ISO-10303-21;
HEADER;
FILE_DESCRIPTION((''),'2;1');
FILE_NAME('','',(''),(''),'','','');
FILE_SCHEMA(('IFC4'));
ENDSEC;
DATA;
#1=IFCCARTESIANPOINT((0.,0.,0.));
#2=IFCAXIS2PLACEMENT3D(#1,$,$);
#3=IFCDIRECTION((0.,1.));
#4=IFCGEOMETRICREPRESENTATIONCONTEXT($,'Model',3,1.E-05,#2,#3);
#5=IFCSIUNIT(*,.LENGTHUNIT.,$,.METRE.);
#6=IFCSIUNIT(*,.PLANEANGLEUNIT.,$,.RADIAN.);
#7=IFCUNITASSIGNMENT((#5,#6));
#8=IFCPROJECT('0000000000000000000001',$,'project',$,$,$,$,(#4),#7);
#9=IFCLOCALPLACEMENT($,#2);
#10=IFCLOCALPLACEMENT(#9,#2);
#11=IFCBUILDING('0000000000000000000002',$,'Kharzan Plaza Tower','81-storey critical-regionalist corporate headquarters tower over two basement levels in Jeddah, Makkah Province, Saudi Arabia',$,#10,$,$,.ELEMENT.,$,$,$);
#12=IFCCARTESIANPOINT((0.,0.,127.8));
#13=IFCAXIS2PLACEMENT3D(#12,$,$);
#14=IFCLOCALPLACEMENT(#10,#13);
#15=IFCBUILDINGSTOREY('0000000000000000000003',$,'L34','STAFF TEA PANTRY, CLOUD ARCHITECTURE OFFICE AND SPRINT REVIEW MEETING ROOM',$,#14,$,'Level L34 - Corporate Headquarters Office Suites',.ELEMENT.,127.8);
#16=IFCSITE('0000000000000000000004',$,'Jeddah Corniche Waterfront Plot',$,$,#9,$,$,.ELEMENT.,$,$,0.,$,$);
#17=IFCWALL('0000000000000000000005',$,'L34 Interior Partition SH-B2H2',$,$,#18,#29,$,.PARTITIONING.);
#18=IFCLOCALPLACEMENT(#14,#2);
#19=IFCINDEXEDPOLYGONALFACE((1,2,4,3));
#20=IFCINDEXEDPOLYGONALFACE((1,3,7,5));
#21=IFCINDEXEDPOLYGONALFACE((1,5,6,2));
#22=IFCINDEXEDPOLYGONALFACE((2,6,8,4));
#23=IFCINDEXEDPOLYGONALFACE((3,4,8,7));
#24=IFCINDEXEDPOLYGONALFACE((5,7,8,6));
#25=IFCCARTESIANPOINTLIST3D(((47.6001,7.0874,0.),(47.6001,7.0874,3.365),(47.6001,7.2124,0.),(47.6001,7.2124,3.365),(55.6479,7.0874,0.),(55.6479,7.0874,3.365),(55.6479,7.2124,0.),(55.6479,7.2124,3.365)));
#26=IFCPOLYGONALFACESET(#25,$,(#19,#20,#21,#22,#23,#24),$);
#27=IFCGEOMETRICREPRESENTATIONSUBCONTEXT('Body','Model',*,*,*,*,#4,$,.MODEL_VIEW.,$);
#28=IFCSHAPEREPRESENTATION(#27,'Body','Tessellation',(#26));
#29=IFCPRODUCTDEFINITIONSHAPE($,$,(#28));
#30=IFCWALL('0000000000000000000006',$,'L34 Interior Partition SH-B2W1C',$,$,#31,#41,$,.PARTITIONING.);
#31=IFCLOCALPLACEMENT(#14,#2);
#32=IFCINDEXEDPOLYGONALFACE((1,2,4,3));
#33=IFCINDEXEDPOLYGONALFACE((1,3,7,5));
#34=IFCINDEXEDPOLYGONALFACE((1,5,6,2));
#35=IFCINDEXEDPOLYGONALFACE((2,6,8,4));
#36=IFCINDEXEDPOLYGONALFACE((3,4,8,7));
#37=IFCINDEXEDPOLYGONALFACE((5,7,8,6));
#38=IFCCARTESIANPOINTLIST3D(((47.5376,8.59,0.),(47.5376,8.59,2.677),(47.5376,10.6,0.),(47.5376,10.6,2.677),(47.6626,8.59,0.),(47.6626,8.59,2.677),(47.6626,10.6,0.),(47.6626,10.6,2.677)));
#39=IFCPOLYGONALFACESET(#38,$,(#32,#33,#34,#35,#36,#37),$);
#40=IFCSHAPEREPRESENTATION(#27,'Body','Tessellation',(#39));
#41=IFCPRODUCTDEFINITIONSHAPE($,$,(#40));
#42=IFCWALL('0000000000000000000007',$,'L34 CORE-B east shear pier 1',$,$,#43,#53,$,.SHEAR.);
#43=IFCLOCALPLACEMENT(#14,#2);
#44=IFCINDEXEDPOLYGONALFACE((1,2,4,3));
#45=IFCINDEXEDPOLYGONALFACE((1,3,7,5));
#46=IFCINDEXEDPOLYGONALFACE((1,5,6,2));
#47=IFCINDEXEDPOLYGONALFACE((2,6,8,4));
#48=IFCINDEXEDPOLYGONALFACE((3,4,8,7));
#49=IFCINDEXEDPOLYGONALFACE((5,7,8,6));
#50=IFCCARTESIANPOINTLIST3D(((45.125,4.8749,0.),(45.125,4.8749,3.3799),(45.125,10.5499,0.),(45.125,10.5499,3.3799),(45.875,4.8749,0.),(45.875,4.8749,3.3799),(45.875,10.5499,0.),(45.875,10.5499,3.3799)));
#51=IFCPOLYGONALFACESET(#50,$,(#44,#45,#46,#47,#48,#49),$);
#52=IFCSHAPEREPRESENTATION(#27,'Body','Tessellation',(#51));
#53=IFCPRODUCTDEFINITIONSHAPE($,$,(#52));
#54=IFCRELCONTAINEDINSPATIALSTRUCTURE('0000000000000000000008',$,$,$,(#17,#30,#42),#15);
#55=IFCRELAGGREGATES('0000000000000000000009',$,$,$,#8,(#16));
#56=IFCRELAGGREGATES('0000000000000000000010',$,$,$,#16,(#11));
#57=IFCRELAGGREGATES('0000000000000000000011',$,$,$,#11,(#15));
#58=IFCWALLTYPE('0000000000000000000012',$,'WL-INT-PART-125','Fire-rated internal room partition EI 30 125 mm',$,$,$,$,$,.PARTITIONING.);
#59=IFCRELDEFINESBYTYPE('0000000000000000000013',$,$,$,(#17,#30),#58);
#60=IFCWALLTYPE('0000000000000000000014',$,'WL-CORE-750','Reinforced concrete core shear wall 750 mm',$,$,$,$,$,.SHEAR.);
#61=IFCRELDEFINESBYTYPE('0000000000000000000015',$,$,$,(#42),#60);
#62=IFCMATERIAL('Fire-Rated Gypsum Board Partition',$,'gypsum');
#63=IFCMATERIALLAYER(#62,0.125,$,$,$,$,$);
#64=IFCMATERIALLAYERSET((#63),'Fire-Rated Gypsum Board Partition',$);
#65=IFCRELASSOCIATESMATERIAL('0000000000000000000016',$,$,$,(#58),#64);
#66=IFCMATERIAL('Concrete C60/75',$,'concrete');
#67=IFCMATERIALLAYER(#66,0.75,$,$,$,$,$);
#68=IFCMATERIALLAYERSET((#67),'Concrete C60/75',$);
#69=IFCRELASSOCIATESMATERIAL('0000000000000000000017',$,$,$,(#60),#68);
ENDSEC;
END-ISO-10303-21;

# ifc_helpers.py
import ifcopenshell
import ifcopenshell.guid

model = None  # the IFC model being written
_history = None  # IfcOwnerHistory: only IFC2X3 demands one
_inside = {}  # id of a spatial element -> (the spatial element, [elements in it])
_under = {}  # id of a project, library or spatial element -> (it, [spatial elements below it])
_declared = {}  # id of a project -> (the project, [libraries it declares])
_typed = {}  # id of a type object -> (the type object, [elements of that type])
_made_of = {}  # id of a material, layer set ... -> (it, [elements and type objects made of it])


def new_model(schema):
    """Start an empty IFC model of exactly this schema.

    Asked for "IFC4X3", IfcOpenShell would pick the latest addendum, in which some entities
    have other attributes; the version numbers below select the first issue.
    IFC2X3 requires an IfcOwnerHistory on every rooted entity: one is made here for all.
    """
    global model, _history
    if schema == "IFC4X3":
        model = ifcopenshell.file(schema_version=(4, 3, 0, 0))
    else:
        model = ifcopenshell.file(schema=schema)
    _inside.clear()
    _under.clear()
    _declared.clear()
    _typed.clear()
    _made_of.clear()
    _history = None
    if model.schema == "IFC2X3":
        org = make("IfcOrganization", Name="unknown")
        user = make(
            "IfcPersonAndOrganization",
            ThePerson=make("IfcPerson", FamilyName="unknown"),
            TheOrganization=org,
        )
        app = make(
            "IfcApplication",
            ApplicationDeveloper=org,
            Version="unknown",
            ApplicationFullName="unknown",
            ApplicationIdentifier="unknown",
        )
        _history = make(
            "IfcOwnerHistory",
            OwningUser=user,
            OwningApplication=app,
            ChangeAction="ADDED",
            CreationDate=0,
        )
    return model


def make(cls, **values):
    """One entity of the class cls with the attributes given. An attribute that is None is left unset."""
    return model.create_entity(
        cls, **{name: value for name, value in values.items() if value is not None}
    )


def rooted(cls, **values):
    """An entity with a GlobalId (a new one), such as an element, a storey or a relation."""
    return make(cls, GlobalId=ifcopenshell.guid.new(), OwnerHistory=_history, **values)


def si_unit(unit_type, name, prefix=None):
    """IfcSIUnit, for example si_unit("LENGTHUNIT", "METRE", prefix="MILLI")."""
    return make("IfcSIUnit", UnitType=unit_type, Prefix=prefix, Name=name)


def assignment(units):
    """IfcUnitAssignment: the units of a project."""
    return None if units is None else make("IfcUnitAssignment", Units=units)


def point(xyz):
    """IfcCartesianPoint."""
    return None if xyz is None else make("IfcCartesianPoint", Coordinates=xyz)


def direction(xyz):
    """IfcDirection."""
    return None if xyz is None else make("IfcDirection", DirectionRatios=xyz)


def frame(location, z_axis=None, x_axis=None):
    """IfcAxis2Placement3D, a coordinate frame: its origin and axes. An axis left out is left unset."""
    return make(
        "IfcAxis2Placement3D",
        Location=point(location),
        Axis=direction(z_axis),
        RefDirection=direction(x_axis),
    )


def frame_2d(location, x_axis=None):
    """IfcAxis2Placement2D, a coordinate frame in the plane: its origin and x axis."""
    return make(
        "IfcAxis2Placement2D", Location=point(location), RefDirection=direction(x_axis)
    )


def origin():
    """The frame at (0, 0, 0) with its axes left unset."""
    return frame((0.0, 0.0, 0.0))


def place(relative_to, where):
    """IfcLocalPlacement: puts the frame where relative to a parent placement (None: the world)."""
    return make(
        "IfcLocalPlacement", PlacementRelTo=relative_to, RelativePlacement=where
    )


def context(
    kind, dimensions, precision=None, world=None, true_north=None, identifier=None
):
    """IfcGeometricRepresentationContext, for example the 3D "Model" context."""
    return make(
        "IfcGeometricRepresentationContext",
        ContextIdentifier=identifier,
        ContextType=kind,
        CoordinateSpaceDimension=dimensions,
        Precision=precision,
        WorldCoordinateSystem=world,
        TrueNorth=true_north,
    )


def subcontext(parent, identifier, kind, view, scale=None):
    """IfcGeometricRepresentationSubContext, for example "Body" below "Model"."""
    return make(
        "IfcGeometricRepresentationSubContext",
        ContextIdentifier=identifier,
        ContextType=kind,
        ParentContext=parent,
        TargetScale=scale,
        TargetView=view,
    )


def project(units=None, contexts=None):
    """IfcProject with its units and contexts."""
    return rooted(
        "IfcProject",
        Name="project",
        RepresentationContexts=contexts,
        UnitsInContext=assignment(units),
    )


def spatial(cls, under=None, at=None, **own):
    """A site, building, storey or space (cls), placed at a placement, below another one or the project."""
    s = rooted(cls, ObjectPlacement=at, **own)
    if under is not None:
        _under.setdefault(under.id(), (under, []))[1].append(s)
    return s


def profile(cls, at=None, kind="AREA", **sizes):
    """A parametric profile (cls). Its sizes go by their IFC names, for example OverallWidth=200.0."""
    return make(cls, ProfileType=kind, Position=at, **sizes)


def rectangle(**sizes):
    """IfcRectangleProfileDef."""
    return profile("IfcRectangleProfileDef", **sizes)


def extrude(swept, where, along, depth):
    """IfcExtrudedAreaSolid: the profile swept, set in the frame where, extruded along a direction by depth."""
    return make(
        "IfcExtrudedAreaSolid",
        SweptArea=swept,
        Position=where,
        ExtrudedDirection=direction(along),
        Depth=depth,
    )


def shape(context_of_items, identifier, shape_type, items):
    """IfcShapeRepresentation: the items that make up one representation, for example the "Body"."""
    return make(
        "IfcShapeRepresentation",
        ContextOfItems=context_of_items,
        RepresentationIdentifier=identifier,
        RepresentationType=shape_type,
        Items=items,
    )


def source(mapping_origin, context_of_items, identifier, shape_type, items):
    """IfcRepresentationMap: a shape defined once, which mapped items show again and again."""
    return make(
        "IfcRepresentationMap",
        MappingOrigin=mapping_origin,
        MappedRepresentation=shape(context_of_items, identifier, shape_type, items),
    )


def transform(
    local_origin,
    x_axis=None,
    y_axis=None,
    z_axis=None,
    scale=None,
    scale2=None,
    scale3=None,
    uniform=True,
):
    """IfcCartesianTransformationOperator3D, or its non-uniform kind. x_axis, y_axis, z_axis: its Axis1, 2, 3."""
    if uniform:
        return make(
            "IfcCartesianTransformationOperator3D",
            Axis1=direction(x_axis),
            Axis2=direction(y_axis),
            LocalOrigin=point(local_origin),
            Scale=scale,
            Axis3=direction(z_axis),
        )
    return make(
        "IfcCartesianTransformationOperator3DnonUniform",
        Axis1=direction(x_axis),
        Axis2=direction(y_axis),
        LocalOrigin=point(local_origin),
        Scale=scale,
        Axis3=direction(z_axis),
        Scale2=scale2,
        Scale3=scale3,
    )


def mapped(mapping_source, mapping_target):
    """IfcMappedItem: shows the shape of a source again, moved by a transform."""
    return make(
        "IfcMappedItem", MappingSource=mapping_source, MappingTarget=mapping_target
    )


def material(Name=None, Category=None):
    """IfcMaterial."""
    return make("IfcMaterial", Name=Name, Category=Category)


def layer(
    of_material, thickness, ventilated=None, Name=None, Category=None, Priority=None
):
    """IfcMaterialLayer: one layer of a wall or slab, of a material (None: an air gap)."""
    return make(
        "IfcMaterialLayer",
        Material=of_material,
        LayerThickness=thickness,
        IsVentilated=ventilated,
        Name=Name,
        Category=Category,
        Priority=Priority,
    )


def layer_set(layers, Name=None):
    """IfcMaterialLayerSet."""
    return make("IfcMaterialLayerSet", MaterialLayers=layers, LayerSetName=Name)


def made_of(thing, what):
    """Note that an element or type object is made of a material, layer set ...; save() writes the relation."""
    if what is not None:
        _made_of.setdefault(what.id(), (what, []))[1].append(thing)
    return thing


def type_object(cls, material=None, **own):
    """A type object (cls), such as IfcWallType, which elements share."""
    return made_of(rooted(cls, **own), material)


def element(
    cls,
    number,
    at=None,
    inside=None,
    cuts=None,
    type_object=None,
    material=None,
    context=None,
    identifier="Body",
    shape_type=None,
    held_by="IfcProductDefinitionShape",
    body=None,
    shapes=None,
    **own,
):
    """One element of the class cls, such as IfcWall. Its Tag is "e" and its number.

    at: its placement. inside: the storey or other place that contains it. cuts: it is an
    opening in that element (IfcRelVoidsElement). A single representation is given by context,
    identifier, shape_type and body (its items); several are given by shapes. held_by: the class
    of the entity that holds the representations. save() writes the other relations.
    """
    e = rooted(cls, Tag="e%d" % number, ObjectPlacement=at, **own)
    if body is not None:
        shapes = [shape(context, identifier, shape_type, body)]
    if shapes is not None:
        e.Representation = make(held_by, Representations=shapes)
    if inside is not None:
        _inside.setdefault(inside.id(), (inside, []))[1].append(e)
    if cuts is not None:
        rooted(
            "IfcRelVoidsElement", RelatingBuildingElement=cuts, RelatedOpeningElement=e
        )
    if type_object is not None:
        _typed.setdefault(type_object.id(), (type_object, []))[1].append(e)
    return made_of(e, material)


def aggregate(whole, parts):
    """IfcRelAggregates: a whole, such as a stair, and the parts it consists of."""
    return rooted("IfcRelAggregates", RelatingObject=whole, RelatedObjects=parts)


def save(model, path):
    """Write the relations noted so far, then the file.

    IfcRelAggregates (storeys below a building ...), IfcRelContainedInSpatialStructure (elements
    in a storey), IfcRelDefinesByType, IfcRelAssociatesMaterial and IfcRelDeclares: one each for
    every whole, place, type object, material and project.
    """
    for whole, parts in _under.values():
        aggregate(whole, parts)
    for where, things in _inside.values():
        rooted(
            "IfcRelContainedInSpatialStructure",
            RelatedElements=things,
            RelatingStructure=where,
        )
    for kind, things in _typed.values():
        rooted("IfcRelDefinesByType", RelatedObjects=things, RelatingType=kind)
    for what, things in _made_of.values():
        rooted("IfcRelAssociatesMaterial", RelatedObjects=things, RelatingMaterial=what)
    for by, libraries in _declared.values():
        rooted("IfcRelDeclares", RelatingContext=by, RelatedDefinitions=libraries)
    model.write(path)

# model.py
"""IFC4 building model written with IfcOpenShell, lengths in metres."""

from ifc_helpers import new_model, si_unit, direction, frame, frame_2d, origin, place, context, subcontext, project, spatial, rectangle, extrude, source, transform, mapped, material, layer, layer_set, type_object, element, save


model = new_model("IFC4")

# Units and contexts
model_context = context("Model", 3, precision=1e-05, world=origin(), true_north=direction((0.0, 1.0)))
body_context = subcontext(model_context, "Body", "Model", "MODEL_VIEW")
ifc_project = project(units=[si_unit("LENGTHUNIT", "METRE"), si_unit("PLANEANGLEUNIT", "RADIAN")], contexts=[model_context])

# Site, building, storey
site_placement = place(None, origin())
site = spatial("IfcSite", under=ifc_project, at=site_placement, Name="Jeddah Corniche Waterfront Plot", CompositionType="ELEMENT", RefElevation=0.0)
building_placement = place(site_placement, origin())
building = spatial("IfcBuilding", under=site, at=building_placement, Name="Kharzan Plaza Tower", Description="81-storey critical-regionalist corporate headquarters tower over two basement levels in Jeddah, Makkah Province, Saudi Arabia", CompositionType="ELEMENT")
storey_placement = place(building_placement, frame((0.0, 0.0, 127.8)))
storey = spatial("IfcBuildingStorey", under=building, at=storey_placement, Name="L34", Description="STAFF TEA PANTRY, CLOUD ARCHITECTURE OFFICE AND SPRINT REVIEW MEETING ROOM", LongName="Level L34 - Corporate Headquarters Office Suites", CompositionType="ELEMENT", Elevation=127.8)

# Shared definitions
ifc_material_1 = material(Name="Concrete C60/75", Category="concrete")

# Shared definitions
ifc_material_2 = material(Name="Fire-Rated Gypsum Board Partition", Category="gypsum")
ifc_layer_1 = layer(ifc_material_2, 0.125)
ifc_layer_set_1 = layer_set([ifc_layer_1], Name="Fire-Rated Gypsum Board Partition")
wall_type_1 = type_object("IfcWallType", Name="WL-INT-PART-125", Description="Fire-rated internal room partition EI 30 125 mm", PredefinedType="PARTITIONING", material=ifc_layer_set_1)

# Walls
shared_shape_1 = source(origin(), body_context, "Body", "SweptSolid", [
    extrude(rectangle(XDim=8.0479, YDim=0.125, at=frame_2d((4.0239, 0.0))), origin(), (0.0, 0.0, 1.0), 3.365),
])
for number, where, z_axis, x_axis, name in (
    (1, (47.6001, 7.1499, 0.0), (0.0, 0.0, 1.0), (1.0, 0.0, 0.0), "L34 Interior Partition SH-B2H2"),
):
    element("IfcWall", number, at=place(storey_placement, frame(where, z_axis=z_axis, x_axis=x_axis)), inside=storey, type_object=wall_type_1, Name=name, PredefinedType="PARTITIONING", context=body_context, shape_type="MappedRepresentation", body=[
        mapped(shared_shape_1, transform((0.0, 0.0, 0.0), x_axis=(1.0, 0.0, 0.0), y_axis=(0.0, 1.0, 0.0), z_axis=(0.0, 0.0, 1.0))),
    ])
shared_shape_2 = source(origin(), body_context, "Body", "SweptSolid", [
    extrude(rectangle(XDim=2.01, YDim=0.125, at=frame_2d((1.0049, 0.0))), origin(), (0.0, 0.0, 1.0), 2.677),
])
wall_1_placement = place(storey_placement, frame((47.6001, 8.5901, 0.0), z_axis=(0.0, 0.0, 1.0), x_axis=(0.0, 1.0, 0.0)))
element("IfcWall", 2, at=wall_1_placement, inside=storey, type_object=wall_type_1, Name="L34 Interior Partition SH-B2W1C", PredefinedType="PARTITIONING", context=body_context, shape_type="MappedRepresentation", body=[
    mapped(shared_shape_2, transform((0.0, 0.0, 0.0), x_axis=(1.0, 0.0, 0.0), y_axis=(0.0, 1.0, 0.0), z_axis=(0.0, 0.0, 1.0))),
])
ifc_layer_2 = layer(ifc_material_1, 0.75)
ifc_layer_set_2 = layer_set([ifc_layer_2], Name="Concrete C60/75")
wall_type_2 = type_object("IfcWallType", Name="WL-CORE-750", Description="Reinforced concrete core shear wall 750 mm", PredefinedType="SHEAR", material=ifc_layer_set_2)
shared_shape_3 = source(origin(), body_context, "Body", "SweptSolid", [
    extrude(rectangle(XDim=5.675, YDim=0.75, at=frame_2d((2.8374, 0.0))), origin(), (0.0, 0.0, 1.0), 3.3799),
])
wall_2_placement = place(storey_placement, frame((45.5, 4.875, 0.0), z_axis=(0.0, 0.0, 1.0), x_axis=(0.0, 1.0, 0.0)))
element("IfcWall", 3, at=wall_2_placement, inside=storey, type_object=wall_type_2, Name="L34 CORE-B east shear pier 1", PredefinedType="SHEAR", context=body_context, shape_type="MappedRepresentation", body=[
    mapped(shared_shape_3, transform((0.0, 0.0, 0.0), x_axis=(1.0, 0.0, 0.0), y_axis=(0.0, 1.0, 0.0), z_axis=(0.0, 0.0, 1.0))),
])

save(model, "model.ifc")
